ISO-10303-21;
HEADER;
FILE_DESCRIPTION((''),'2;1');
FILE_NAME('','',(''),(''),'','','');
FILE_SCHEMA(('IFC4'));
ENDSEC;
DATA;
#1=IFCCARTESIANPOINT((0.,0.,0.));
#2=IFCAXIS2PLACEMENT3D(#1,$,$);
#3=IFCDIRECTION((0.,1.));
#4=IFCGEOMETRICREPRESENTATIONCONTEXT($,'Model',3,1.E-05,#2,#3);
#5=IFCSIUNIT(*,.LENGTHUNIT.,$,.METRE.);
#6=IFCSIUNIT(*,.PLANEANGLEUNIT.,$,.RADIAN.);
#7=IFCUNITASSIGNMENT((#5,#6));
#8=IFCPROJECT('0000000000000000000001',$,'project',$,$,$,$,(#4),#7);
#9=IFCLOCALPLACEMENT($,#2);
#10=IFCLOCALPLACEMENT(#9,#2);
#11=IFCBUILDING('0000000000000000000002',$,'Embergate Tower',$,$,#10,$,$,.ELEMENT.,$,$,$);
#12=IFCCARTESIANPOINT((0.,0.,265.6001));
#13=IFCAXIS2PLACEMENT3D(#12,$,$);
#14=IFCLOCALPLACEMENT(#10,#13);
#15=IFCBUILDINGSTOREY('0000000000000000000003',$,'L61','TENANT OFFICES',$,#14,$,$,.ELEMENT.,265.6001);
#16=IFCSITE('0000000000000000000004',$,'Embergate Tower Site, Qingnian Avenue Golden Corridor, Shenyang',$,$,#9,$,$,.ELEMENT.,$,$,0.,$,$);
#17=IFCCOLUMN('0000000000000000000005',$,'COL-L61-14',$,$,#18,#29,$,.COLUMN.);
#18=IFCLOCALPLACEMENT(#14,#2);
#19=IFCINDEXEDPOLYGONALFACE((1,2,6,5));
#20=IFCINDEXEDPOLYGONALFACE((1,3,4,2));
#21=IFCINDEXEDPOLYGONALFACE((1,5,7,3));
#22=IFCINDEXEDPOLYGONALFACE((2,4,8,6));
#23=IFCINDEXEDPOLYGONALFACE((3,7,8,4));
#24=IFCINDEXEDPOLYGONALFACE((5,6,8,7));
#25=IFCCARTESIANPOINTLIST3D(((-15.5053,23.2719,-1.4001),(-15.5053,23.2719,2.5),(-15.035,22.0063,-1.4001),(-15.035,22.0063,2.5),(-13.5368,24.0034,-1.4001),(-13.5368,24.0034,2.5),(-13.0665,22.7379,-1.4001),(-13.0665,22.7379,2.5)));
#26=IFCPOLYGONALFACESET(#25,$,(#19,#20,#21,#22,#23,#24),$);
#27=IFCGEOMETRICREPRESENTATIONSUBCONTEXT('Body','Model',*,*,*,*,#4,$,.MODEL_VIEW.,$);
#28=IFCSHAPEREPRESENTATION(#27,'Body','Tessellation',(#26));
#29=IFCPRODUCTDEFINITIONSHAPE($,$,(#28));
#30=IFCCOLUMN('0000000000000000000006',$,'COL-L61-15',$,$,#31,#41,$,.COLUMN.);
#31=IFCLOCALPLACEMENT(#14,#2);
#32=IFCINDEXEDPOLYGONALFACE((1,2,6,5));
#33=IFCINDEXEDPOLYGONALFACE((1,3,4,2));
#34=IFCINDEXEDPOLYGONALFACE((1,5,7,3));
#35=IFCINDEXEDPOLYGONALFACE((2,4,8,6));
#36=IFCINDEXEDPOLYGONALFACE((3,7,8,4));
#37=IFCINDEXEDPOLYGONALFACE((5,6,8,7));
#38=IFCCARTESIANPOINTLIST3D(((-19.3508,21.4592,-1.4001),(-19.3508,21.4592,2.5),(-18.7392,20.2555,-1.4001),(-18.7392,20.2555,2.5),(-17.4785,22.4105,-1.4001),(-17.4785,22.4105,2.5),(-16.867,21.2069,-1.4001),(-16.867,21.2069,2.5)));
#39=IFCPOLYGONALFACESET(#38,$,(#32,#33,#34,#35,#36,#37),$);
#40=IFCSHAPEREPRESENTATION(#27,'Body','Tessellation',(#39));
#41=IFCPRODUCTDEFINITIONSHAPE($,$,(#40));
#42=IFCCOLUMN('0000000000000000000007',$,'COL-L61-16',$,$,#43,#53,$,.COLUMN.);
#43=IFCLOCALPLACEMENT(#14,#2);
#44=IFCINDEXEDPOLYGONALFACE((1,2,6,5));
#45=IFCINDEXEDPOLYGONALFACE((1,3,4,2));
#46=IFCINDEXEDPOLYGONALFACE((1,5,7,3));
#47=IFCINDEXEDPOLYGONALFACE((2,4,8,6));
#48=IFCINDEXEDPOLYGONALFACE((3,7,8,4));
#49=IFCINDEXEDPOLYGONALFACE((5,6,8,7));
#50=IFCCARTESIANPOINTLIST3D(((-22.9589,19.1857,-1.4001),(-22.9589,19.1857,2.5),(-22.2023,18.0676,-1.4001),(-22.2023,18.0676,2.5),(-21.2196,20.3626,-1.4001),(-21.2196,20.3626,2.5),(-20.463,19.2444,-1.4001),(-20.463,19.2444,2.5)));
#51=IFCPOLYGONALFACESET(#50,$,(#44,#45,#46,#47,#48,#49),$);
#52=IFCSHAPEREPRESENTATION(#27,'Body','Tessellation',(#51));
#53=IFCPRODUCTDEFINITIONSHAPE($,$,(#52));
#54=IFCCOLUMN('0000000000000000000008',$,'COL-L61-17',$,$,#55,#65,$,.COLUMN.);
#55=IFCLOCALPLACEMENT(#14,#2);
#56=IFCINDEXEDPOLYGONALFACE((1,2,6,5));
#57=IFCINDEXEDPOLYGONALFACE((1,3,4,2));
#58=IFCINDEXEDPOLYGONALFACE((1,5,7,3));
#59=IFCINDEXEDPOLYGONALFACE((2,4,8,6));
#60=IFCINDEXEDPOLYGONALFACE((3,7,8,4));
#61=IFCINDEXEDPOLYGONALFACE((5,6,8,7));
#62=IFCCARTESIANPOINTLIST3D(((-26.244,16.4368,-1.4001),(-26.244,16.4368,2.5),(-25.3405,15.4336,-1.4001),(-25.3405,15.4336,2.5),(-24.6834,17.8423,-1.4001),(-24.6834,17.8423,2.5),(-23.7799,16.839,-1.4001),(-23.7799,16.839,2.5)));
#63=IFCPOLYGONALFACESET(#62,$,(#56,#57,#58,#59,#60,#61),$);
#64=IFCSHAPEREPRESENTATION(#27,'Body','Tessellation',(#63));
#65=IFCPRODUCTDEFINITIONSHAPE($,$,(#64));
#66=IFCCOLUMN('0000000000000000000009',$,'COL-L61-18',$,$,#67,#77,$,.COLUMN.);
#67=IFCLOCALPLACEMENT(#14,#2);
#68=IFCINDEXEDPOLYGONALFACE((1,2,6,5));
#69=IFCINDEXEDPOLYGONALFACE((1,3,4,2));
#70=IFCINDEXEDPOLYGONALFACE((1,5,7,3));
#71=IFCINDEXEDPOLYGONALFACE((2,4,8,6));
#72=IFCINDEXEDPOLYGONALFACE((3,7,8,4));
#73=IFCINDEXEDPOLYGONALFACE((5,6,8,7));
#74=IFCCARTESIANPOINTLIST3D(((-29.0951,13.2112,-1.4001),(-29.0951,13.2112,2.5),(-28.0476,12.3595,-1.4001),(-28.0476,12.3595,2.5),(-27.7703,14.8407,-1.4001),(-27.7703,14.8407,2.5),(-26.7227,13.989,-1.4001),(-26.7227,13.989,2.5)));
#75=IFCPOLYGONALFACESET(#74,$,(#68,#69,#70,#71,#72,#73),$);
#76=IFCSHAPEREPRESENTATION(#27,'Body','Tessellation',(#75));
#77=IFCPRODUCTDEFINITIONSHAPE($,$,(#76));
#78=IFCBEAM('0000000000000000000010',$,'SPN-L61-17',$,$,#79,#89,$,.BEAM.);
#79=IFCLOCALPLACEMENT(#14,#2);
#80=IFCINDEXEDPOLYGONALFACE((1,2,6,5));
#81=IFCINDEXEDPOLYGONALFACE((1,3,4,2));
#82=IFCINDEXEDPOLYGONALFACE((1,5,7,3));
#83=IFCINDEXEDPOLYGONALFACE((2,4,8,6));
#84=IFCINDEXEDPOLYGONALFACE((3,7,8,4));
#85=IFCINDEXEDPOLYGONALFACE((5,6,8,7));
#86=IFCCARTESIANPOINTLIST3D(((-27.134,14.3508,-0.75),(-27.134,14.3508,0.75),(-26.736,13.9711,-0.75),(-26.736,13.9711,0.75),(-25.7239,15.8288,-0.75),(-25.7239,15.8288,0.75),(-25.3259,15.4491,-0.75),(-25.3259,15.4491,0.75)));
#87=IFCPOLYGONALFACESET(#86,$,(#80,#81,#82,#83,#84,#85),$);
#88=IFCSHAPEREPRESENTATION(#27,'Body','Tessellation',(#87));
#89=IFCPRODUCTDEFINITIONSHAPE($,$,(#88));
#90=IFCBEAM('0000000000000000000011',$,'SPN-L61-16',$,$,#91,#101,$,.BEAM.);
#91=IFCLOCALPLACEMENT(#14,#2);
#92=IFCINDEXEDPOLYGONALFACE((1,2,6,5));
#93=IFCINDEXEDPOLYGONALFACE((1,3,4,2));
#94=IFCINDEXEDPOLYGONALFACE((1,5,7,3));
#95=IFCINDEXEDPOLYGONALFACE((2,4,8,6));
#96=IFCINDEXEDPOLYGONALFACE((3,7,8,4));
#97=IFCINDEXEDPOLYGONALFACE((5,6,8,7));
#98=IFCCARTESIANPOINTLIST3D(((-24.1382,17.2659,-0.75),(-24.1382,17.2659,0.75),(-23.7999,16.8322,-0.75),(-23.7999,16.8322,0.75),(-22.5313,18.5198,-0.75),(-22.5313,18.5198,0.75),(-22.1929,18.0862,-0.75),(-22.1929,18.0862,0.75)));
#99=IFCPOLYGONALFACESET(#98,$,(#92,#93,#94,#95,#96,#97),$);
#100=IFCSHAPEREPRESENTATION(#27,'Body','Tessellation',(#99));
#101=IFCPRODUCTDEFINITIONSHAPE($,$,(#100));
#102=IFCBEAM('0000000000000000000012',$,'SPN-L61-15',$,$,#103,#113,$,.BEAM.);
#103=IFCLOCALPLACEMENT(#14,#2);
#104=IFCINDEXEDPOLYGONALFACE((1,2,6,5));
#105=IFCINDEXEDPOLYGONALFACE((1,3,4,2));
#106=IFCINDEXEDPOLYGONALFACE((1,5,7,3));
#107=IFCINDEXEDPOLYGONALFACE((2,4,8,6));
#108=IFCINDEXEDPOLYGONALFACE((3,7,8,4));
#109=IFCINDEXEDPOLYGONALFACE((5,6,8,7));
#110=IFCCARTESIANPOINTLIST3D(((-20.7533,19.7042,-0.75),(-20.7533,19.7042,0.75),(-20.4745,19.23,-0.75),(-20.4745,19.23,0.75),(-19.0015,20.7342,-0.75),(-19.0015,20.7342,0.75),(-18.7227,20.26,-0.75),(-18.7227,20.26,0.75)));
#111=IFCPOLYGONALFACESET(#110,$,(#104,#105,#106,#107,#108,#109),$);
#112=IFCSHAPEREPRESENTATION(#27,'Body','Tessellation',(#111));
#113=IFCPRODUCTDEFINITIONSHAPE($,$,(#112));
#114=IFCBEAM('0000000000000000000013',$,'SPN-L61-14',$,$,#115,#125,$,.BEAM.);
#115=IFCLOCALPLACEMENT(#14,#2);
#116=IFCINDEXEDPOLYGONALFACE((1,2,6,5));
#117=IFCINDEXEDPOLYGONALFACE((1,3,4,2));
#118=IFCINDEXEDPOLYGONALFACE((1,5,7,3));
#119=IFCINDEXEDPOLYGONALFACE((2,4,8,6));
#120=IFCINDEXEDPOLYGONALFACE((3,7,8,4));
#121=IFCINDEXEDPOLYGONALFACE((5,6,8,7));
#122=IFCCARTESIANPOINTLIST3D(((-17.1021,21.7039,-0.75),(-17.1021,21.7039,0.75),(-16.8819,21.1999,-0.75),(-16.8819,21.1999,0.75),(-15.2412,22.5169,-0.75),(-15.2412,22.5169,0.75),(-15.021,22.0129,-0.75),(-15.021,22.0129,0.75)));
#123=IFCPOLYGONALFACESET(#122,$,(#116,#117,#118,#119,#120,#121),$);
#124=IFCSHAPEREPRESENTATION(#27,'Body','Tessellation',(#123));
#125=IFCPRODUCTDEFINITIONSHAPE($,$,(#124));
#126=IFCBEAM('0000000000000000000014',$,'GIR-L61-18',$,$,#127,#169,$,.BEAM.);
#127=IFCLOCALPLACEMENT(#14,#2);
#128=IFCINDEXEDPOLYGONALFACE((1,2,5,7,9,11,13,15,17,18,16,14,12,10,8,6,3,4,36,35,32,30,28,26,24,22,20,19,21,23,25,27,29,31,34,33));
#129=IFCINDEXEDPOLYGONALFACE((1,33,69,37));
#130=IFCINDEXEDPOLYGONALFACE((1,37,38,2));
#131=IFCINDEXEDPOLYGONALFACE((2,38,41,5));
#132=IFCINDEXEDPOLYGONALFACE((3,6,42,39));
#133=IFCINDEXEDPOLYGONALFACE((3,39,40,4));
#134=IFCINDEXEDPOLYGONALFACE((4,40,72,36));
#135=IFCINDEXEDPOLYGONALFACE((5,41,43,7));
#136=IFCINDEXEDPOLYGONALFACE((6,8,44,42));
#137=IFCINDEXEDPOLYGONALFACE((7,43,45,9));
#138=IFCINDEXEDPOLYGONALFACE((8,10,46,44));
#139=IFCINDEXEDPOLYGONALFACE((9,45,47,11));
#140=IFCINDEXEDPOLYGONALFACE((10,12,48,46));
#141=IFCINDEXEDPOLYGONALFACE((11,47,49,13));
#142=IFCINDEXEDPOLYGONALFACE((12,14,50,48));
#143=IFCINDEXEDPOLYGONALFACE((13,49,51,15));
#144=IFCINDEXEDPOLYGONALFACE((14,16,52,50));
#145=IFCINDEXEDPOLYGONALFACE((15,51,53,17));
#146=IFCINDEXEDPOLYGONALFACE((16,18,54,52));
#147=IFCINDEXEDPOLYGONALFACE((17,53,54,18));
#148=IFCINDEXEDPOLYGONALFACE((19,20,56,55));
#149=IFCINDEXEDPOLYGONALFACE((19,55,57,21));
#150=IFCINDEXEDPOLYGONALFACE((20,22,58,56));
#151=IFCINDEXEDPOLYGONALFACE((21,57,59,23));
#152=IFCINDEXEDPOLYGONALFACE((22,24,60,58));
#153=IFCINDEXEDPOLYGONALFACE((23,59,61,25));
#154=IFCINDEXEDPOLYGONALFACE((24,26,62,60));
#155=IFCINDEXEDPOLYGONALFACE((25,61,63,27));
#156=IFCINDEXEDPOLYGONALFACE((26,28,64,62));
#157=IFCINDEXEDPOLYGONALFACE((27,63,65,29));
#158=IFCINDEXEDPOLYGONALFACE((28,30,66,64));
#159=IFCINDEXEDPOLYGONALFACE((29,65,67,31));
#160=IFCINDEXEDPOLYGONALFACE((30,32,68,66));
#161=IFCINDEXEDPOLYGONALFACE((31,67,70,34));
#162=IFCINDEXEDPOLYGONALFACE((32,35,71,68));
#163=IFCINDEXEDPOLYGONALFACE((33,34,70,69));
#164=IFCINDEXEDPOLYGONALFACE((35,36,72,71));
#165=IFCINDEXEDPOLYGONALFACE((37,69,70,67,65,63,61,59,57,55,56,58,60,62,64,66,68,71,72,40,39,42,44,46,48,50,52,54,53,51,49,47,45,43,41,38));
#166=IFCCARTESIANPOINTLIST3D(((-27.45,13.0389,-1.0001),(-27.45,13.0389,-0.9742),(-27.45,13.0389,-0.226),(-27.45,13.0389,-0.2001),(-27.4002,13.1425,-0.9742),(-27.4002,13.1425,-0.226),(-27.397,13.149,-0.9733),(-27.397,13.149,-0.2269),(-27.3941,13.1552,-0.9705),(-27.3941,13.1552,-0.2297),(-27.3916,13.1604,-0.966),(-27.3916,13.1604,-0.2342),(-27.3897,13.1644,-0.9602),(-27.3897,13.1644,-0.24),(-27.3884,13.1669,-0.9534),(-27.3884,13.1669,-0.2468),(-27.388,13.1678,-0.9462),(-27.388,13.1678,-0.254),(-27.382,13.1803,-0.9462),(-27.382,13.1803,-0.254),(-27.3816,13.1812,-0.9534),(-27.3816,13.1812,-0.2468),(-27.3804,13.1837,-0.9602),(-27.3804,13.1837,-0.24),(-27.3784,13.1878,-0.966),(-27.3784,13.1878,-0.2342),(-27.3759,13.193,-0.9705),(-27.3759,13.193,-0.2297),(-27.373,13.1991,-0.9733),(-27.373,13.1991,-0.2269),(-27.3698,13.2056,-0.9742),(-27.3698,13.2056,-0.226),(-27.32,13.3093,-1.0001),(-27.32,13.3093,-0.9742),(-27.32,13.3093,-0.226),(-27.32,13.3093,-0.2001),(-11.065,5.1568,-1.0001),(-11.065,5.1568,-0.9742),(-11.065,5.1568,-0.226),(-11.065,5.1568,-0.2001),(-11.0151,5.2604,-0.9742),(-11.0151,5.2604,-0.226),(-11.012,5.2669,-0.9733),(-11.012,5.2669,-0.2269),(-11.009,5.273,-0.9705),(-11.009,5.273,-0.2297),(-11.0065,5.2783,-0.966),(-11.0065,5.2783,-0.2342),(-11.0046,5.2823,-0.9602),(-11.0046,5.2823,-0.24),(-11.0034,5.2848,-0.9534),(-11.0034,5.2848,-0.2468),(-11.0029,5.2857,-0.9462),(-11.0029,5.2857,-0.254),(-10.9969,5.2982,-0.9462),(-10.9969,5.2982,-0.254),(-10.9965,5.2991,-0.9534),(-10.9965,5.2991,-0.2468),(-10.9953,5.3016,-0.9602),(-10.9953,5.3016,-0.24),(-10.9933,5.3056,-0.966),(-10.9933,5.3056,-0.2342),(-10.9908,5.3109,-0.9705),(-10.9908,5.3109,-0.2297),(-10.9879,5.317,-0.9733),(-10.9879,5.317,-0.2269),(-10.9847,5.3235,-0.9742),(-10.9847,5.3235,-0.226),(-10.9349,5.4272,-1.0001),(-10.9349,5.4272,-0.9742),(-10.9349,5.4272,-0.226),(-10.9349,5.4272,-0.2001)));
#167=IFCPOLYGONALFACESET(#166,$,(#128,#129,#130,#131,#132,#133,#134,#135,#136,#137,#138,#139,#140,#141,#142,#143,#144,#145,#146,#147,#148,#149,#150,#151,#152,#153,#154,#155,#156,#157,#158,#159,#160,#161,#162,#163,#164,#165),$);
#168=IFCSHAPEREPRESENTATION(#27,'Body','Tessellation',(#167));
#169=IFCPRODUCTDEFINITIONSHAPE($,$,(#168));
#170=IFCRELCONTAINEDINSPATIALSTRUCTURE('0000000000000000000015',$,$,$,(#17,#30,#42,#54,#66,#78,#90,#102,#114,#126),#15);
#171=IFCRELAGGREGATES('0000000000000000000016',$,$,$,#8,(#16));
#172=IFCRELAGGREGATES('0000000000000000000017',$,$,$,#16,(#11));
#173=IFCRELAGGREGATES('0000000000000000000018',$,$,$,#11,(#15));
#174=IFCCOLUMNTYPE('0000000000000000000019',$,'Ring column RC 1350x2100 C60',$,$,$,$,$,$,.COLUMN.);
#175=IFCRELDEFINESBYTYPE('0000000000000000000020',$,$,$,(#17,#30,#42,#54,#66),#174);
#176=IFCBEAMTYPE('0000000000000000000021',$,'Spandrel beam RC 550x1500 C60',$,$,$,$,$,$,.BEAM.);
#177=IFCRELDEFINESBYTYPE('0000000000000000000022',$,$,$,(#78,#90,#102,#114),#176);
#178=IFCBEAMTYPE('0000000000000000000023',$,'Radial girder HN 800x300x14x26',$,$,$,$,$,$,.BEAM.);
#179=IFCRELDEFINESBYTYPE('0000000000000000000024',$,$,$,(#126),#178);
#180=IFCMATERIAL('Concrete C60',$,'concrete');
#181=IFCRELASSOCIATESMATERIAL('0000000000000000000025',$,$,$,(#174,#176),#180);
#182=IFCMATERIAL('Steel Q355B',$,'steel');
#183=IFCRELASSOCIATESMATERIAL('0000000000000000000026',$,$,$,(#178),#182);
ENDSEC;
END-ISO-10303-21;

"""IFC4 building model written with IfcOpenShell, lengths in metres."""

from ifc_helpers import new_model, si_unit, direction, frame, origin, origin_2d, place, context, subcontext, project, spatial, rectangle, i_section, extrude, source, transform, mapped, material, material_profile, profile_set, type_object, element, save


model = new_model("IFC4")

# Units and contexts
model_context = context("Model", 3, precision=1e-05, world=origin(), true_north=direction((0.0, 1.0)))
body_context = subcontext(model_context, "Body", "Model", "MODEL_VIEW")
ifc_project = project(units=[si_unit("LENGTHUNIT", "METRE"), si_unit("PLANEANGLEUNIT", "RADIAN")], contexts=[model_context])

# Site, building, storey
site_placement = place(None, origin())
site = spatial("IfcSite", under=ifc_project, at=site_placement, Name="Embergate Tower Site, Qingnian Avenue Golden Corridor, Shenyang", CompositionType="ELEMENT", RefElevation=0.0)
building_placement = place(site_placement, origin())
building = spatial("IfcBuilding", under=site, at=building_placement, Name="Embergate Tower", CompositionType="ELEMENT")
storey_placement = place(building_placement, frame((0.0, 0.0, 265.6001)))
storey = spatial("IfcBuildingStorey", under=building, at=storey_placement, Name="L61", Description="TENANT OFFICES", CompositionType="ELEMENT", Elevation=265.6001)

# Columns
ifc_material_1 = material(Name="Concrete C60", Category="concrete")
ifc_material_profile_1 = material_profile(ifc_material_1, rectangle(XDim=1.3501, YDim=2.1001, at=origin_2d()), Name="RC 1350x2100")
ifc_profile_set_1 = profile_set([ifc_material_profile_1], Name="Concrete C60")
column_type = type_object("IfcColumnType", Name="Ring column RC 1350x2100 C60", PredefinedType="COLUMN", material=ifc_profile_set_1)
shared_shape_1 = source(origin(), body_context, "Body", "SweptSolid", [
    extrude(rectangle(XDim=1.3501, YDim=2.1001, at=origin_2d()), origin(), (0.0, 0.0, 1.0), 3.9001),
])
for number, where, z_axis, x_axis, name in (
    (1, (-14.2859, 23.0049, -1.4001), (0.0, 0.0, 1.0), (-0.348343, 0.937367, 0.0), "COL-L61-14"),
    (2, (-18.1089, 21.333, -1.4001), (0.0, 0.0, 1.0), (-0.452995, 0.891513, 0.0), "COL-L61-15"),
    (3, (-21.7109, 19.2151, -1.4001), (0.0, 0.0, 1.0), (-0.560393, 0.828227, 0.0), "COL-L61-16"),
    (4, (-25.012, 16.6379, -1.4001), (0.0, 0.0, 1.0), (-0.669208, 0.743075, 0.0), "COL-L61-17"),
    (5, (-27.9089, 13.6001, -1.4001), (0.0, 0.0, 1.0), (-0.775914, 0.630838, 0.0), "COL-L61-18"),
):
    element("IfcColumn", number, at=place(storey_placement, frame(where, z_axis=z_axis, x_axis=x_axis)), inside=storey, type_object=column_type, Name=name, PredefinedType="COLUMN", context=body_context, shape_type="MappedRepresentation", body=[
        mapped(shared_shape_1, transform((0.0, 0.0, 0.0))),
    ])

# Beams
ifc_material_profile_2 = material_profile(ifc_material_1, rectangle(XDim=0.55, YDim=1.5, at=origin_2d()), Name="RC 550x1500")
ifc_profile_set_2 = profile_set([ifc_material_profile_2], Name="Concrete C60")
beam_type_1 = type_object("IfcBeamType", Name="Spandrel beam RC 550x1500 C60", PredefinedType="BEAM", material=ifc_profile_set_2)
shared_shape_2 = source(origin(), body_context, "Body", "SweptSolid", [
    extrude(rectangle(XDim=0.55, YDim=1.5, at=origin_2d()), origin(), (0.0, 0.0, 1.0), 2.0427),
])
beam_1_placement = place(storey_placement, frame((-25.5249, 15.6389, 0.0), z_axis=(-0.690299, -0.723524, 0.0), x_axis=(0.723524, -0.690299, 0.0)))
element("IfcBeam", 6, at=beam_1_placement, inside=storey, type_object=beam_type_1, Name="SPN-L61-17", PredefinedType="BEAM", context=body_context, shape_type="MappedRepresentation", body=[
    mapped(shared_shape_2, transform((0.0, 0.0, 0.0))),
])
shared_shape_3 = source(origin(), body_context, "Body", "SweptSolid", [
    extrude(rectangle(XDim=0.55, YDim=1.5, at=origin_2d()), origin(), (0.0, 0.0, 1.0), 2.0383),
])
beam_2_placement = place(storey_placement, frame((-22.3621, 18.303, 0.0), z_axis=(-0.788384, -0.615184, 0.0), x_axis=(0.615184, -0.788384, 0.0)))
element("IfcBeam", 7, at=beam_2_placement, inside=storey, type_object=beam_type_1, Name="SPN-L61-16", PredefinedType="BEAM", context=body_context, shape_type="MappedRepresentation", body=[
    mapped(shared_shape_3, transform((0.0, 0.0, 0.0))),
])
shared_shape_4 = source(origin(), body_context, "Body", "SweptSolid", [
    extrude(rectangle(XDim=0.55, YDim=1.5, at=origin_2d()), origin(), (0.0, 0.0, 1.0), 2.0322),
])
beam_3_placement = place(storey_placement, frame((-18.8621, 20.4971, 0.0), z_axis=(-0.862048, -0.506826, 0.0), x_axis=(0.506826, -0.862048, 0.0)))
element("IfcBeam", 8, at=beam_3_placement, inside=storey, type_object=beam_type_1, Name="SPN-L61-15", PredefinedType="BEAM", context=body_context, shape_type="MappedRepresentation", body=[
    mapped(shared_shape_4, transform((0.0, 0.0, 0.0))),
])
shared_shape_5 = source(origin(), body_context, "Body", "SweptSolid", [
    extrude(rectangle(XDim=0.55, YDim=1.5, at=origin_2d()), origin(), (0.0, 0.0, 1.0), 2.0308),
])
beam_4_placement = place(storey_placement, frame((-15.1311, 22.2649, 0.0), z_axis=(-0.916361, -0.400352, 0.0), x_axis=(0.400352, -0.916361, 0.0)))
element("IfcBeam", 9, at=beam_4_placement, inside=storey, type_object=beam_type_1, Name="SPN-L61-14", PredefinedType="BEAM", context=body_context, shape_type="MappedRepresentation", body=[
    mapped(shared_shape_5, transform((0.0, 0.0, 0.0))),
])
ifc_material_2 = material(Name="Steel Q355B", Category="steel")
ifc_material_profile_3 = material_profile(ifc_material_2, i_section(OverallWidth=0.3, OverallDepth=0.8, WebThickness=0.0139, FlangeThickness=0.0259, FilletRadius=0.0281, at=origin_2d()), Name="HN 800x300x14x26")
ifc_profile_set_3 = profile_set([ifc_material_profile_3], Name="Steel Q355 grade B")
beam_type_2 = type_object("IfcBeamType", Name="Radial girder HN 800x300x14x26", PredefinedType="BEAM", material=ifc_profile_set_3)
shared_shape_6 = source(origin(), body_context, "Body", "SweptSolid", [
    extrude(i_section(OverallWidth=0.3, OverallDepth=0.8, WebThickness=0.0139, FlangeThickness=0.0259, FilletRadius=0.0281, at=origin_2d()), origin(), (0.0, 0.0, 1.0), 18.1824),
])
beam_5_placement = place(storey_placement, frame((-27.385, 13.1741, -0.6001), z_axis=(0.901152, -0.433503, 0.0), x_axis=(0.433503, 0.901152, 0.0)))
element("IfcBeam", 10, at=beam_5_placement, inside=storey, type_object=beam_type_2, Name="GIR-L61-18", PredefinedType="BEAM", context=body_context, shape_type="MappedRepresentation", body=[
    mapped(shared_shape_6, transform((0.0, 0.0, 0.0))),
])

save(model, "model.ifc")
